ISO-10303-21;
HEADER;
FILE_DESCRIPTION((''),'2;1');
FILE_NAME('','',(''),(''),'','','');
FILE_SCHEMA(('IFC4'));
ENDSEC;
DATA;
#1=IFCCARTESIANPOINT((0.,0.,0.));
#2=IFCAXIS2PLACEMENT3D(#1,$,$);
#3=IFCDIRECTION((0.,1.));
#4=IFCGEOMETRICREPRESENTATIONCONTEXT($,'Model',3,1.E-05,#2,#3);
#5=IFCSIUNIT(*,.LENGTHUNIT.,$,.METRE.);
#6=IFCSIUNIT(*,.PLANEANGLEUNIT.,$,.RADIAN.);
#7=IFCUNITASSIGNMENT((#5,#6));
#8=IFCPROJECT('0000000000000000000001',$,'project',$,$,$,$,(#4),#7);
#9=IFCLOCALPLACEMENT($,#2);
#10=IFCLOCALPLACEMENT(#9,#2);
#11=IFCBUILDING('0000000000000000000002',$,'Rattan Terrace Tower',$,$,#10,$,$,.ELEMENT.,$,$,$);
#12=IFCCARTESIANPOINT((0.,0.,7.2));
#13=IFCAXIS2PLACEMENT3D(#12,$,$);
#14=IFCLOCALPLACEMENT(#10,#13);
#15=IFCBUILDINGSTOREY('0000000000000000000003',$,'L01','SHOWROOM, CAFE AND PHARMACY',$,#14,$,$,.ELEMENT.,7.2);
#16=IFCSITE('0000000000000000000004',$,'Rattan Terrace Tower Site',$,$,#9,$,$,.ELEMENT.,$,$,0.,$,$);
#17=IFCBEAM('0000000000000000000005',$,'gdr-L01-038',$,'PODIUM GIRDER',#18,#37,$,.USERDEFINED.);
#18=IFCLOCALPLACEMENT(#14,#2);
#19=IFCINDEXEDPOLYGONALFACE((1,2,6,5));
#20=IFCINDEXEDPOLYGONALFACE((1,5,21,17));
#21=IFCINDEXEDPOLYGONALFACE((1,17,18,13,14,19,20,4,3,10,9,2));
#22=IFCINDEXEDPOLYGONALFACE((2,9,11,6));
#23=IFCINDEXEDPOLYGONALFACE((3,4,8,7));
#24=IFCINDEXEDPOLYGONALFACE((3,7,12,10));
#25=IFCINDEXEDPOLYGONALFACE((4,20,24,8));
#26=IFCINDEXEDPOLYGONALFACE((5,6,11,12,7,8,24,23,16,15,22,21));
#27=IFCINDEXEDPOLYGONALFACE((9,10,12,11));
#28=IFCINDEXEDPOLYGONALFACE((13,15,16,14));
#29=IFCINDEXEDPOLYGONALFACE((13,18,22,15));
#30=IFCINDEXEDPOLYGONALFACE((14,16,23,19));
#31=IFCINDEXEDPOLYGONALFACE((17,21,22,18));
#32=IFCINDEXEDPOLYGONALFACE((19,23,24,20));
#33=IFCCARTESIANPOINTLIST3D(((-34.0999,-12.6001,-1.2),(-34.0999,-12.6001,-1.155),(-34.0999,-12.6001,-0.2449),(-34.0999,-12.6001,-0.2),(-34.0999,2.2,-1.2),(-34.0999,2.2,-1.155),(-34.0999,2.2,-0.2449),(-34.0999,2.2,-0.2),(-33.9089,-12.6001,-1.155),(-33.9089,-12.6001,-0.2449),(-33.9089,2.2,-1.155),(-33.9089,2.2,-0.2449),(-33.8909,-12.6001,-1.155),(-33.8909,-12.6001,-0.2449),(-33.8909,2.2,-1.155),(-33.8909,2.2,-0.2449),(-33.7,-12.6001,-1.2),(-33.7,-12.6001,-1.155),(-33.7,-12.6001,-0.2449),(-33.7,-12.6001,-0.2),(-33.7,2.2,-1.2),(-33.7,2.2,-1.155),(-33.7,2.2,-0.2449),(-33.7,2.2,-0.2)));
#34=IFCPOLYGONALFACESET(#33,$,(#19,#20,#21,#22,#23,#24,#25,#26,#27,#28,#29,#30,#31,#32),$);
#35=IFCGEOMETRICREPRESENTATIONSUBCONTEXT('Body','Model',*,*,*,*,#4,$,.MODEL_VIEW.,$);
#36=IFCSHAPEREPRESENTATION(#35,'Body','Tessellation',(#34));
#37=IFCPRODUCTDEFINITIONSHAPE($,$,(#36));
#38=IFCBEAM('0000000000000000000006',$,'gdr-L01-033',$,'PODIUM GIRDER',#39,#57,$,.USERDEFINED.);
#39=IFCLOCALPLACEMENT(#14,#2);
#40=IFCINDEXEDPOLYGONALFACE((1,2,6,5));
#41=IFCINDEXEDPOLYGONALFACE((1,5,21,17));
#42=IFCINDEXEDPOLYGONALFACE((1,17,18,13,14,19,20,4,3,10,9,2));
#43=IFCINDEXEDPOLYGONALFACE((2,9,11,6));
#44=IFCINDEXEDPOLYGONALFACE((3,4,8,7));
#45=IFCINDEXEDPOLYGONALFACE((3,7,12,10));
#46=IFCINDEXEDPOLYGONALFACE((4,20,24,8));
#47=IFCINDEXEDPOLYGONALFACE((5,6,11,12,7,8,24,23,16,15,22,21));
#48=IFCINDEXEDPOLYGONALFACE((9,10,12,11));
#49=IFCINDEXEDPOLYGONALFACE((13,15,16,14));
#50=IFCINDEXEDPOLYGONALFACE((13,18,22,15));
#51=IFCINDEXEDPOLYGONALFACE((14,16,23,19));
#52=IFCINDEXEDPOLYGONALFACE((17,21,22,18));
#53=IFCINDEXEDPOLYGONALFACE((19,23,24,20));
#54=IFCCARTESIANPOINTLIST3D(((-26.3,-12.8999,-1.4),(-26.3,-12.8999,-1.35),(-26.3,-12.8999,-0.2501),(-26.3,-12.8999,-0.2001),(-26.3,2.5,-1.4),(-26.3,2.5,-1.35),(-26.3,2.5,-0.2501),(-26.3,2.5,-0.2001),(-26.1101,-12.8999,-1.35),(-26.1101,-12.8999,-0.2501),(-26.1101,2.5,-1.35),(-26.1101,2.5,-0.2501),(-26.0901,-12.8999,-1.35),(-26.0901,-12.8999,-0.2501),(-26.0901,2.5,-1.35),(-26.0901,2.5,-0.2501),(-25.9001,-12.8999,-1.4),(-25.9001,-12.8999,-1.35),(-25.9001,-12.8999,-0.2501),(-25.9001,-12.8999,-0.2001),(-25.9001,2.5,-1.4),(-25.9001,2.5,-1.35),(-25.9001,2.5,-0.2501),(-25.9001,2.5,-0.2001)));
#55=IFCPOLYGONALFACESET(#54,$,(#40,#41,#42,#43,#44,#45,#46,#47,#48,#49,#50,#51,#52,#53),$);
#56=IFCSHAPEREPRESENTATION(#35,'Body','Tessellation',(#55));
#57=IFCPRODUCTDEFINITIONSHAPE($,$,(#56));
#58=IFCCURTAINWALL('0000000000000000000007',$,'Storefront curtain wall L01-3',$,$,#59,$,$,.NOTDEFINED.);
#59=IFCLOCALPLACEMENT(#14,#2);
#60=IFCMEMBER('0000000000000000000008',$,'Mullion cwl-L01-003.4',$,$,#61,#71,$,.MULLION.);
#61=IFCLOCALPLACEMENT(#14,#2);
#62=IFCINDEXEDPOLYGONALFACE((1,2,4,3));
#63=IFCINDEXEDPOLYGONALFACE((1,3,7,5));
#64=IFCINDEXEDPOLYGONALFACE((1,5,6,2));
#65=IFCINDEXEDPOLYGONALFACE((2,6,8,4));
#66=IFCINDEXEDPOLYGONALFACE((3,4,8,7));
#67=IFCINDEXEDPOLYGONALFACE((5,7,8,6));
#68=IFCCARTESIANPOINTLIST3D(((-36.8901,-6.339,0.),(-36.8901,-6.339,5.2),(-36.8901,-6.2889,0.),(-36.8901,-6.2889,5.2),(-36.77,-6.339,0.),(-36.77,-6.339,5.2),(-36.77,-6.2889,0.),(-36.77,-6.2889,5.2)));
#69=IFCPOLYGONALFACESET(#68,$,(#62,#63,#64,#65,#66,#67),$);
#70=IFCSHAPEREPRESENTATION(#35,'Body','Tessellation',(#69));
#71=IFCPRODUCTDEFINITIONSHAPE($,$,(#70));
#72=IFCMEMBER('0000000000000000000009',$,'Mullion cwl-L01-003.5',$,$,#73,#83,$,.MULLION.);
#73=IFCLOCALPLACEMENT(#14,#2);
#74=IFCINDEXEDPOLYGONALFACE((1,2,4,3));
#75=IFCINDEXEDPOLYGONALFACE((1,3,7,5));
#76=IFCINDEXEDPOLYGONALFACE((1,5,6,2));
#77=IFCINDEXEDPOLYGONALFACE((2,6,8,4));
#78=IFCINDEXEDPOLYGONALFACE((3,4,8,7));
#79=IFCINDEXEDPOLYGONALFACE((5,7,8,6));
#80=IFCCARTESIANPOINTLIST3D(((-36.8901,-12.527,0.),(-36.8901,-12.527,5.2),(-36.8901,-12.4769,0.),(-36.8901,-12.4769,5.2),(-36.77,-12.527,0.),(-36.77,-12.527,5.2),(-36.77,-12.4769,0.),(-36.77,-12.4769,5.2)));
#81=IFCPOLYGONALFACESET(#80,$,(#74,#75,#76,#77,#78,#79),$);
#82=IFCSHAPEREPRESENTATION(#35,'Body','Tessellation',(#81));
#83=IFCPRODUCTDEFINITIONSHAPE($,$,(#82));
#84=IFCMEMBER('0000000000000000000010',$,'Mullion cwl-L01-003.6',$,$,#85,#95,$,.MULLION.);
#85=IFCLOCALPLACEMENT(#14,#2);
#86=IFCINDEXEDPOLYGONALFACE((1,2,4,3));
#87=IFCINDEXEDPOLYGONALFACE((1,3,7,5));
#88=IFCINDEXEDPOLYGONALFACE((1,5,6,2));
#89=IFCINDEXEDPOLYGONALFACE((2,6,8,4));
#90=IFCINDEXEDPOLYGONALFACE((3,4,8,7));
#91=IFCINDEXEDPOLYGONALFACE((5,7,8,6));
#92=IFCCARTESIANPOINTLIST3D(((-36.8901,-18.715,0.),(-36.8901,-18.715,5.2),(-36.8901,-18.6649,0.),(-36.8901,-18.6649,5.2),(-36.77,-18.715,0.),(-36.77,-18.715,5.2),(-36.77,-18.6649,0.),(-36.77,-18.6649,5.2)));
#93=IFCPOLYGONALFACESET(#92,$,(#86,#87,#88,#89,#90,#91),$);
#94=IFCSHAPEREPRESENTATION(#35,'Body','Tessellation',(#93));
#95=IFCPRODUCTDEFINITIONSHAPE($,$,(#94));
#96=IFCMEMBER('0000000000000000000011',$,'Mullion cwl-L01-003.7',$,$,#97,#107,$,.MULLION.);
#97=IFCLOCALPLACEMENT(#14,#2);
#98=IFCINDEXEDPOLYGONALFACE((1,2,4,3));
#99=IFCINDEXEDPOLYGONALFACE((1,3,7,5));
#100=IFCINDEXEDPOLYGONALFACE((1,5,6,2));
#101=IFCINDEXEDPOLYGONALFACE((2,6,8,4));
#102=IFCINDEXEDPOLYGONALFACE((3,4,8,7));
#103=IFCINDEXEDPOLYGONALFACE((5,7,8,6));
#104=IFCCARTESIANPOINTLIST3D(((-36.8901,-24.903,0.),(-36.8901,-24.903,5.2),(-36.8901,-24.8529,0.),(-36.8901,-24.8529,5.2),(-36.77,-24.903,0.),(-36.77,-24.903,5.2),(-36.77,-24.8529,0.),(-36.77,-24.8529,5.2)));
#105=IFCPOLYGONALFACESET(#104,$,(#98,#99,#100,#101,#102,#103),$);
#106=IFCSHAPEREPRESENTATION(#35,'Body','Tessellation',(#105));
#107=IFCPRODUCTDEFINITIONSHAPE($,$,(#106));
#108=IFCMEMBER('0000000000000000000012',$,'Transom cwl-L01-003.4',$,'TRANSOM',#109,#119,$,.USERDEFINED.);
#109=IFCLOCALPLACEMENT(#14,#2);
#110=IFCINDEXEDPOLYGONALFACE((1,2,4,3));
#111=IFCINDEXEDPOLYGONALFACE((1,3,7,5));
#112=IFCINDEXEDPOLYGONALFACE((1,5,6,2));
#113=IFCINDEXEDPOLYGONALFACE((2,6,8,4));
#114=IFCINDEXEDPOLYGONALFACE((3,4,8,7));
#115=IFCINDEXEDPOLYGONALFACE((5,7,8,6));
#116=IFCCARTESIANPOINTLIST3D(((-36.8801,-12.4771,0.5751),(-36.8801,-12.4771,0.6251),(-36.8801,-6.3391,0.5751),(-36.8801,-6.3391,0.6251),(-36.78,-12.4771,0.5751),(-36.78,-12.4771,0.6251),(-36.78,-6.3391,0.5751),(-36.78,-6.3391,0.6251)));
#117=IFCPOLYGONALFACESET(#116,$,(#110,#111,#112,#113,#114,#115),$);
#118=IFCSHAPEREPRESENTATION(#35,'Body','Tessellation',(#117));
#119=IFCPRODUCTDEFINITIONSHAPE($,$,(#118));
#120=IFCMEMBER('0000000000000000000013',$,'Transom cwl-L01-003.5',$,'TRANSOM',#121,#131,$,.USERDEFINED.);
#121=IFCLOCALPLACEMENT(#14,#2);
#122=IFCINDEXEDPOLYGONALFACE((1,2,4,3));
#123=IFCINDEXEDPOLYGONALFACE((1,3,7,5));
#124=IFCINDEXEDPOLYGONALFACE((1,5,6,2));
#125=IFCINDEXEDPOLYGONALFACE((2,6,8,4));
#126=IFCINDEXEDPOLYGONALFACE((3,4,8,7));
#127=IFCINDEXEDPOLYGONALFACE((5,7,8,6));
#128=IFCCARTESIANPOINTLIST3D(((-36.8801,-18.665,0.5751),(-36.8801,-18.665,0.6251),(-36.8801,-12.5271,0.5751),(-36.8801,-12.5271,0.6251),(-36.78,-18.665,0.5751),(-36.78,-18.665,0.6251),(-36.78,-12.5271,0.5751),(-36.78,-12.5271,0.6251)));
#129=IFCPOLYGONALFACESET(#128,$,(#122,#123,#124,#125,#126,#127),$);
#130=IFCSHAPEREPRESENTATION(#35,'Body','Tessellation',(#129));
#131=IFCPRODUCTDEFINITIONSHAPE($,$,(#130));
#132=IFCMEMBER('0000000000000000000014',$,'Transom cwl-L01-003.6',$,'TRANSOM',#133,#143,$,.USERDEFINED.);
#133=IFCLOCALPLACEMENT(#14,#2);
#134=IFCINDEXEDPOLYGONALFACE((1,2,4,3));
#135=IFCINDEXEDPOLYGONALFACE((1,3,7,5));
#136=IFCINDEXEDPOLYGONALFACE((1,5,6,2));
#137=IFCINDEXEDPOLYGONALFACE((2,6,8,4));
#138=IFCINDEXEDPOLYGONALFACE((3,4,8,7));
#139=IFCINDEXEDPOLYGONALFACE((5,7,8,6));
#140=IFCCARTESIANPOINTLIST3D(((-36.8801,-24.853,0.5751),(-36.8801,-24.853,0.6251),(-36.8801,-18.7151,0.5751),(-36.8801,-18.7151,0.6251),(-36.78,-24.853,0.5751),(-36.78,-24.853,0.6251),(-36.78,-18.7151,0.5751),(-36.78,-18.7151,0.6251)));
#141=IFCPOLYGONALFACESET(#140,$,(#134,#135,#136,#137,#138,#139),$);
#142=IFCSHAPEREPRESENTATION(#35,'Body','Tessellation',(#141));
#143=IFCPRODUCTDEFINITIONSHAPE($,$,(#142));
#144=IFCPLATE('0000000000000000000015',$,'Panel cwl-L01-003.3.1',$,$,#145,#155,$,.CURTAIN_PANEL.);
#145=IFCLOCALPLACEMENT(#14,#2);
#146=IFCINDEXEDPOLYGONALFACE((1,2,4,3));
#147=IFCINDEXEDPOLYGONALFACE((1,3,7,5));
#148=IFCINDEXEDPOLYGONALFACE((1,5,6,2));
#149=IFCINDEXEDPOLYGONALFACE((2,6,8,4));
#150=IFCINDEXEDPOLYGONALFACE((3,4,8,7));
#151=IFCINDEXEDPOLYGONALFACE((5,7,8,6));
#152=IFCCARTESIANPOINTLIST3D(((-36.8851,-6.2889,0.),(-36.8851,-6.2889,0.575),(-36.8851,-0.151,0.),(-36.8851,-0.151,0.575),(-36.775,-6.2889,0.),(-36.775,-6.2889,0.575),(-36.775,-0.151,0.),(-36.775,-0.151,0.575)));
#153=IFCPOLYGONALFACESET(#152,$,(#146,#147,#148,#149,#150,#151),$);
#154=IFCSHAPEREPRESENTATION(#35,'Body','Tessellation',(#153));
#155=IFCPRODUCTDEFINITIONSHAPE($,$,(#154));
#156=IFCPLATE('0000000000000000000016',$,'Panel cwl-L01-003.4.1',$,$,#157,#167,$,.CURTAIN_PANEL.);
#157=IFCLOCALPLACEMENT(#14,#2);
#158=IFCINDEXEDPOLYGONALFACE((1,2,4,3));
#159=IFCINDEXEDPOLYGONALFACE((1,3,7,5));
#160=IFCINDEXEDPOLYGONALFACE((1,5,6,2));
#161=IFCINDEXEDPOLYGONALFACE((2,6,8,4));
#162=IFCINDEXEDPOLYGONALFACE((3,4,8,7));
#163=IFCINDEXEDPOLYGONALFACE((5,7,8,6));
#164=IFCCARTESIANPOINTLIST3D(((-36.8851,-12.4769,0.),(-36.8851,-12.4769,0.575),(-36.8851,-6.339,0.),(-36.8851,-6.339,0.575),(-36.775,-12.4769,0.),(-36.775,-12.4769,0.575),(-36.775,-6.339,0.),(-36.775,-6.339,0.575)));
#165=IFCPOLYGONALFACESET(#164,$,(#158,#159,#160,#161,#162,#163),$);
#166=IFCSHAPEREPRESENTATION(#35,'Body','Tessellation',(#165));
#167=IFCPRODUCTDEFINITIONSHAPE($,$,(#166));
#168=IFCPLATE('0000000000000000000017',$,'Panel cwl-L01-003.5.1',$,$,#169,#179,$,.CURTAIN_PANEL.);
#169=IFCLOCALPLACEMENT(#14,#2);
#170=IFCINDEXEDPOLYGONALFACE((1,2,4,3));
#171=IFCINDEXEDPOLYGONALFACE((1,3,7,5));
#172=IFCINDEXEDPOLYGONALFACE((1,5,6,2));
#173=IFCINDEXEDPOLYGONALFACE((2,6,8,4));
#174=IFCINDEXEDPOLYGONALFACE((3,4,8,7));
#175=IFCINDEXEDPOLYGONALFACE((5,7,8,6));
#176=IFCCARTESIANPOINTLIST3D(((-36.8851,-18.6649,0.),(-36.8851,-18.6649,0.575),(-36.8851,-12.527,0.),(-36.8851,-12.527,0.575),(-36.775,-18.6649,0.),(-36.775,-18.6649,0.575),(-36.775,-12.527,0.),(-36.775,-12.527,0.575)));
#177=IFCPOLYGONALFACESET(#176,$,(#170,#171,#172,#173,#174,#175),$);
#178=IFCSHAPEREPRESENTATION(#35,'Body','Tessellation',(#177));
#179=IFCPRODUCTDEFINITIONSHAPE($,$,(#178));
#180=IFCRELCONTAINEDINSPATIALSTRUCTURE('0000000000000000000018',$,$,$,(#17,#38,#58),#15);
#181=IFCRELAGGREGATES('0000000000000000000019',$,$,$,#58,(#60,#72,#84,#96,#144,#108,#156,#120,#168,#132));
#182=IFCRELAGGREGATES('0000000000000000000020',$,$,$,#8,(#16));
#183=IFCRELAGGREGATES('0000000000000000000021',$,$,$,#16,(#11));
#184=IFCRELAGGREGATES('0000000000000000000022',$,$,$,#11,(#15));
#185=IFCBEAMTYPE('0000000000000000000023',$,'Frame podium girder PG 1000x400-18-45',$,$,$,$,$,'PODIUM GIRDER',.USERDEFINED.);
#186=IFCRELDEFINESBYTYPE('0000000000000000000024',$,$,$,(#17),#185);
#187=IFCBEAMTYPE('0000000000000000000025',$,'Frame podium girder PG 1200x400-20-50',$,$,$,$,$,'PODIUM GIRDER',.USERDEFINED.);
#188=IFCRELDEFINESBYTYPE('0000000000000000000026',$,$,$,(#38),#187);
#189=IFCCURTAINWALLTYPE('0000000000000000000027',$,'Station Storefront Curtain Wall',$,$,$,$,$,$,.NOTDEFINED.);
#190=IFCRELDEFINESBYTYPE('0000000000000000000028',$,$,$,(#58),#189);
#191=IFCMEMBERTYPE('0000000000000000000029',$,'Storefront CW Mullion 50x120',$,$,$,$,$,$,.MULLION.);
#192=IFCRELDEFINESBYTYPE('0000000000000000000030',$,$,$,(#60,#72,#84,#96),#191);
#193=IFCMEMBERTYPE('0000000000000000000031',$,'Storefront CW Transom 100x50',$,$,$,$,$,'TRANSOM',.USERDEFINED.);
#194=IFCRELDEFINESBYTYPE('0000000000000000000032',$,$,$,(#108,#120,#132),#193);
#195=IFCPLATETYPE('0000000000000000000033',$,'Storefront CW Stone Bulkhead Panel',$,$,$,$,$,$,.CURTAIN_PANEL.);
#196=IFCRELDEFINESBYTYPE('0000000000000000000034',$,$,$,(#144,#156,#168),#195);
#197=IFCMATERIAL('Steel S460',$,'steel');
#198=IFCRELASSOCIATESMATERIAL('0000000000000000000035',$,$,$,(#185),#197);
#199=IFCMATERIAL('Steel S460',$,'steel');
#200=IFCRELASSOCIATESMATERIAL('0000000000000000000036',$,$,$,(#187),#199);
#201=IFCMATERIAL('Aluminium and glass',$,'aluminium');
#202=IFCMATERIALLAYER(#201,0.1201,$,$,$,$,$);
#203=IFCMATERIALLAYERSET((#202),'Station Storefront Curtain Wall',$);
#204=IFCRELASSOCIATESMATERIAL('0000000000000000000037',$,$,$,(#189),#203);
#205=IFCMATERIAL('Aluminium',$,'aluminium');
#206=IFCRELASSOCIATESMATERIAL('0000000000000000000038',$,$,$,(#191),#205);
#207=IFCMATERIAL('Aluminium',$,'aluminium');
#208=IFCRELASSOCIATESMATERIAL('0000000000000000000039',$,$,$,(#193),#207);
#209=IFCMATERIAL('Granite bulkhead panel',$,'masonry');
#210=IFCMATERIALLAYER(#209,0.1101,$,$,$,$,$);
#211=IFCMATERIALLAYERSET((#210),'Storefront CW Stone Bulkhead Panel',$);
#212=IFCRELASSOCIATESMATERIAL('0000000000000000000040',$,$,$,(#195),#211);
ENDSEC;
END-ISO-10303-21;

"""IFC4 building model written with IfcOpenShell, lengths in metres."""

from ifc_helpers import new_model, si_unit, direction, frame, origin, origin_2d, place, context, subcontext, project, spatial, rectangle, i_section, extrude, material, layer, layer_set, material_profile, profile_set, type_object, element, aggregate, save


model = new_model("IFC4")

# Units and contexts
model_context = context("Model", 3, precision=1e-05, world=origin(), true_north=direction((0.0, 1.0)))
body_context = subcontext(model_context, "Body", "Model", "MODEL_VIEW")
ifc_project = project(units=[si_unit("LENGTHUNIT", "METRE"), si_unit("PLANEANGLEUNIT", "RADIAN")], contexts=[model_context])

# Site, building, storey
site_placement = place(None, origin())
site = spatial("IfcSite", under=ifc_project, at=site_placement, Name="Rattan Terrace Tower Site", CompositionType="ELEMENT", RefElevation=0.0)
building_placement = place(site_placement, origin())
building = spatial("IfcBuilding", under=site, at=building_placement, Name="Rattan Terrace Tower", CompositionType="ELEMENT")
storey_placement = place(building_placement, frame((0.0, 0.0, 7.2)))
storey = spatial("IfcBuildingStorey", under=building, at=storey_placement, Name="L01", Description="SHOWROOM, CAFE AND PHARMACY", CompositionType="ELEMENT", Elevation=7.2)

# Beams
ifc_material_1 = material(Name="Steel S460", Category="steel")
ifc_material_profile_1 = material_profile(ifc_material_1, i_section(OverallWidth=0.3999, OverallDepth=1.0, WebThickness=0.0181, FlangeThickness=0.0449, at=origin_2d()), Name="PG 1000x400-18-45")
ifc_profile_set_1 = profile_set([ifc_material_profile_1], Name="Steel S460")
beam_type_1 = type_object("IfcBeamType", Name="Frame podium girder PG 1000x400-18-45", ElementType="PODIUM GIRDER", PredefinedType="USERDEFINED", material=ifc_profile_set_1)
beam_1_placement = place(storey_placement, frame((-33.8999, -12.6001, -0.7), z_axis=(0.0, 1.0, 0.0), x_axis=(-1.0, 0.0, 0.0)))
element("IfcBeam", 1, at=beam_1_placement, inside=storey, type_object=beam_type_1, Name="gdr-L01-038", ObjectType="PODIUM GIRDER", PredefinedType="USERDEFINED", context=body_context, shape_type="SweptSolid", body=[
    extrude(i_section(OverallWidth=0.3999, OverallDepth=1.0, WebThickness=0.0181, FlangeThickness=0.0449, at=origin_2d()), origin(), (0.0, 0.0, 1.0), 14.8),
])
ifc_material_2 = material(Name="Steel S460", Category="steel")
ifc_material_profile_2 = material_profile(ifc_material_2, i_section(OverallWidth=0.3999, OverallDepth=1.2, WebThickness=0.02, FlangeThickness=0.05, at=origin_2d()), Name="PG 1200x400-20-50")
ifc_profile_set_2 = profile_set([ifc_material_profile_2], Name="Steel S460")
beam_type_2 = type_object("IfcBeamType", Name="Frame podium girder PG 1200x400-20-50", ElementType="PODIUM GIRDER", PredefinedType="USERDEFINED", material=ifc_profile_set_2)
beam_2_placement = place(storey_placement, frame((-26.1001, -12.8999, -0.8), z_axis=(0.0, 1.0, 0.0), x_axis=(-1.0, 0.0, 0.0)))
element("IfcBeam", 2, at=beam_2_placement, inside=storey, type_object=beam_type_2, Name="gdr-L01-033", ObjectType="PODIUM GIRDER", PredefinedType="USERDEFINED", context=body_context, shape_type="SweptSolid", body=[
    extrude(i_section(OverallWidth=0.3999, OverallDepth=1.2, WebThickness=0.02, FlangeThickness=0.05, at=origin_2d()), origin(), (0.0, 0.0, 1.0), 15.3999),
])

# Curtain wall, members, plates
ifc_material_3 = material(Name="Aluminium and glass", Category="aluminium")
ifc_layer_1 = layer(ifc_material_3, 0.1201)
ifc_layer_set_1 = layer_set([ifc_layer_1], Name="Station Storefront Curtain Wall")
curtain_wall_type = type_object("IfcCurtainWallType", Name="Station Storefront Curtain Wall", PredefinedType="NOTDEFINED", material=ifc_layer_set_1)
curtain_wall_placement = place(storey_placement, origin())
curtain_wall = element("IfcCurtainWall", 3, at=curtain_wall_placement, inside=storey, type_object=curtain_wall_type, Name="Storefront curtain wall L01-3", PredefinedType="NOTDEFINED")
ifc_material_4 = material(Name="Aluminium", Category="aluminium")
ifc_material_profile_3 = material_profile(ifc_material_4, rectangle(XDim=0.05, YDim=0.1201, at=origin_2d()), Name="Aluminium 50x120")
ifc_profile_set_3 = profile_set([ifc_material_profile_3], Name="Aluminium")
member_type_1 = type_object("IfcMemberType", Name="Storefront CW Mullion 50x120", PredefinedType="MULLION", material=ifc_profile_set_3)
member_1_placement = place(storey_placement, frame((-36.8301, -6.314, 0.0), z_axis=(0.0, 0.0, 1.0), x_axis=(0.0, -1.0, 0.0)))
member_1 = element("IfcMember", 4, at=member_1_placement, type_object=member_type_1, Name="Mullion cwl-L01-003.4", PredefinedType="MULLION", context=body_context, shape_type="SweptSolid", body=[
    extrude(rectangle(XDim=0.05, YDim=0.1201, at=origin_2d()), origin(), (0.0, 0.0, 1.0), 5.2),
])
member_2_placement = place(storey_placement, frame((-36.8301, -12.502, 0.0), z_axis=(0.0, 0.0, 1.0), x_axis=(0.0, -1.0, 0.0)))
member_2 = element("IfcMember", 5, at=member_2_placement, type_object=member_type_1, Name="Mullion cwl-L01-003.5", PredefinedType="MULLION", context=body_context, shape_type="SweptSolid", body=[
    extrude(rectangle(XDim=0.05, YDim=0.1201, at=origin_2d()), origin(), (0.0, 0.0, 1.0), 5.2),
])
member_3_placement = place(storey_placement, frame((-36.8301, -18.6899, 0.0), z_axis=(0.0, 0.0, 1.0), x_axis=(0.0, -1.0, 0.0)))
member_3 = element("IfcMember", 6, at=member_3_placement, type_object=member_type_1, Name="Mullion cwl-L01-003.6", PredefinedType="MULLION", context=body_context, shape_type="SweptSolid", body=[
    extrude(rectangle(XDim=0.05, YDim=0.1201, at=origin_2d()), origin(), (0.0, 0.0, 1.0), 5.2),
])
member_4_placement = place(storey_placement, frame((-36.8301, -24.8779, 0.0), z_axis=(0.0, 0.0, 1.0), x_axis=(0.0, -1.0, 0.0)))
member_4 = element("IfcMember", 7, at=member_4_placement, type_object=member_type_1, Name="Mullion cwl-L01-003.7", PredefinedType="MULLION", context=body_context, shape_type="SweptSolid", body=[
    extrude(rectangle(XDim=0.05, YDim=0.1201, at=origin_2d()), origin(), (0.0, 0.0, 1.0), 5.2),
])
ifc_material_5 = material(Name="Aluminium", Category="aluminium")
ifc_material_profile_4 = material_profile(ifc_material_5, rectangle(XDim=0.1001, YDim=0.05, at=origin_2d()), Name="Aluminium 100x50")
ifc_profile_set_4 = profile_set([ifc_material_profile_4], Name="Aluminium")
member_type_2 = type_object("IfcMemberType", Name="Storefront CW Transom 100x50", ElementType="TRANSOM", PredefinedType="USERDEFINED", material=ifc_profile_set_4)
member_5_placement = place(storey_placement, frame((-36.8301, -6.3391, 0.6001), z_axis=(0.0, -1.0, 0.0), x_axis=(1.0, 0.0, 0.0)))
member_5 = element("IfcMember", 8, at=member_5_placement, type_object=member_type_2, Name="Transom cwl-L01-003.4", ObjectType="TRANSOM", PredefinedType="USERDEFINED", context=body_context, shape_type="SweptSolid", body=[
    extrude(rectangle(XDim=0.1001, YDim=0.05, at=origin_2d()), origin(), (0.0, 0.0, 1.0), 6.1379),
])
member_6_placement = place(storey_placement, frame((-36.8301, -12.5271, 0.6001), z_axis=(0.0, -1.0, 0.0), x_axis=(1.0, 0.0, 0.0)))
member_6 = element("IfcMember", 9, at=member_6_placement, type_object=member_type_2, Name="Transom cwl-L01-003.5", ObjectType="TRANSOM", PredefinedType="USERDEFINED", context=body_context, shape_type="SweptSolid", body=[
    extrude(rectangle(XDim=0.1001, YDim=0.05, at=origin_2d()), origin(), (0.0, 0.0, 1.0), 6.1379),
])
member_7_placement = place(storey_placement, frame((-36.8301, -18.7151, 0.6001), z_axis=(0.0, -1.0, 0.0), x_axis=(1.0, 0.0, 0.0)))
member_7 = element("IfcMember", 10, at=member_7_placement, type_object=member_type_2, Name="Transom cwl-L01-003.6", ObjectType="TRANSOM", PredefinedType="USERDEFINED", context=body_context, shape_type="SweptSolid", body=[
    extrude(rectangle(XDim=0.1001, YDim=0.05, at=origin_2d()), origin(), (0.0, 0.0, 1.0), 6.1379),
])
ifc_material_6 = material(Name="Granite bulkhead panel", Category="masonry")
ifc_layer_2 = layer(ifc_material_6, 0.1101)
ifc_layer_set_2 = layer_set([ifc_layer_2], Name="Storefront CW Stone Bulkhead Panel")
plate_type_1 = type_object("IfcPlateType", Name="Storefront CW Stone Bulkhead Panel", PredefinedType="CURTAIN_PANEL", material=ifc_layer_set_2)
plate_1_placement = place(storey_placement, frame((-36.8301, -3.22, 0.0), z_axis=(0.0, 0.0, 1.0), x_axis=(0.0, -1.0, 0.0)))
plate_1 = element("IfcPlate", 11, at=plate_1_placement, type_object=plate_type_1, Name="Panel cwl-L01-003.3.1", PredefinedType="CURTAIN_PANEL", context=body_context, shape_type="SweptSolid", body=[
    extrude(rectangle(XDim=6.1379, YDim=0.1101, at=origin_2d()), origin(), (0.0, 0.0, 1.0), 0.575),
])
plate_2_placement = place(storey_placement, frame((-36.8301, -9.408, 0.0), z_axis=(0.0, 0.0, 1.0), x_axis=(0.0, -1.0, 0.0)))
plate_2 = element("IfcPlate", 12, at=plate_2_placement, type_object=plate_type_1, Name="Panel cwl-L01-003.4.1", PredefinedType="CURTAIN_PANEL", context=body_context, shape_type="SweptSolid", body=[
    extrude(rectangle(XDim=6.1379, YDim=0.1101, at=origin_2d()), origin(), (0.0, 0.0, 1.0), 0.575),
])
plate_3_placement = place(storey_placement, frame((-36.8301, -15.5959, 0.0), z_axis=(0.0, 0.0, 1.0), x_axis=(0.0, -1.0, 0.0)))
plate_3 = element("IfcPlate", 13, at=plate_3_placement, type_object=plate_type_1, Name="Panel cwl-L01-003.5.1", PredefinedType="CURTAIN_PANEL", context=body_context, shape_type="SweptSolid", body=[
    extrude(rectangle(XDim=6.1379, YDim=0.1101, at=origin_2d()), origin(), (0.0, 0.0, 1.0), 0.575),
])
aggregate(curtain_wall, [member_1, member_2, member_3, member_4, plate_1, member_5, plate_2, member_6, plate_3, member_7])

save(model, "model.ifc")
